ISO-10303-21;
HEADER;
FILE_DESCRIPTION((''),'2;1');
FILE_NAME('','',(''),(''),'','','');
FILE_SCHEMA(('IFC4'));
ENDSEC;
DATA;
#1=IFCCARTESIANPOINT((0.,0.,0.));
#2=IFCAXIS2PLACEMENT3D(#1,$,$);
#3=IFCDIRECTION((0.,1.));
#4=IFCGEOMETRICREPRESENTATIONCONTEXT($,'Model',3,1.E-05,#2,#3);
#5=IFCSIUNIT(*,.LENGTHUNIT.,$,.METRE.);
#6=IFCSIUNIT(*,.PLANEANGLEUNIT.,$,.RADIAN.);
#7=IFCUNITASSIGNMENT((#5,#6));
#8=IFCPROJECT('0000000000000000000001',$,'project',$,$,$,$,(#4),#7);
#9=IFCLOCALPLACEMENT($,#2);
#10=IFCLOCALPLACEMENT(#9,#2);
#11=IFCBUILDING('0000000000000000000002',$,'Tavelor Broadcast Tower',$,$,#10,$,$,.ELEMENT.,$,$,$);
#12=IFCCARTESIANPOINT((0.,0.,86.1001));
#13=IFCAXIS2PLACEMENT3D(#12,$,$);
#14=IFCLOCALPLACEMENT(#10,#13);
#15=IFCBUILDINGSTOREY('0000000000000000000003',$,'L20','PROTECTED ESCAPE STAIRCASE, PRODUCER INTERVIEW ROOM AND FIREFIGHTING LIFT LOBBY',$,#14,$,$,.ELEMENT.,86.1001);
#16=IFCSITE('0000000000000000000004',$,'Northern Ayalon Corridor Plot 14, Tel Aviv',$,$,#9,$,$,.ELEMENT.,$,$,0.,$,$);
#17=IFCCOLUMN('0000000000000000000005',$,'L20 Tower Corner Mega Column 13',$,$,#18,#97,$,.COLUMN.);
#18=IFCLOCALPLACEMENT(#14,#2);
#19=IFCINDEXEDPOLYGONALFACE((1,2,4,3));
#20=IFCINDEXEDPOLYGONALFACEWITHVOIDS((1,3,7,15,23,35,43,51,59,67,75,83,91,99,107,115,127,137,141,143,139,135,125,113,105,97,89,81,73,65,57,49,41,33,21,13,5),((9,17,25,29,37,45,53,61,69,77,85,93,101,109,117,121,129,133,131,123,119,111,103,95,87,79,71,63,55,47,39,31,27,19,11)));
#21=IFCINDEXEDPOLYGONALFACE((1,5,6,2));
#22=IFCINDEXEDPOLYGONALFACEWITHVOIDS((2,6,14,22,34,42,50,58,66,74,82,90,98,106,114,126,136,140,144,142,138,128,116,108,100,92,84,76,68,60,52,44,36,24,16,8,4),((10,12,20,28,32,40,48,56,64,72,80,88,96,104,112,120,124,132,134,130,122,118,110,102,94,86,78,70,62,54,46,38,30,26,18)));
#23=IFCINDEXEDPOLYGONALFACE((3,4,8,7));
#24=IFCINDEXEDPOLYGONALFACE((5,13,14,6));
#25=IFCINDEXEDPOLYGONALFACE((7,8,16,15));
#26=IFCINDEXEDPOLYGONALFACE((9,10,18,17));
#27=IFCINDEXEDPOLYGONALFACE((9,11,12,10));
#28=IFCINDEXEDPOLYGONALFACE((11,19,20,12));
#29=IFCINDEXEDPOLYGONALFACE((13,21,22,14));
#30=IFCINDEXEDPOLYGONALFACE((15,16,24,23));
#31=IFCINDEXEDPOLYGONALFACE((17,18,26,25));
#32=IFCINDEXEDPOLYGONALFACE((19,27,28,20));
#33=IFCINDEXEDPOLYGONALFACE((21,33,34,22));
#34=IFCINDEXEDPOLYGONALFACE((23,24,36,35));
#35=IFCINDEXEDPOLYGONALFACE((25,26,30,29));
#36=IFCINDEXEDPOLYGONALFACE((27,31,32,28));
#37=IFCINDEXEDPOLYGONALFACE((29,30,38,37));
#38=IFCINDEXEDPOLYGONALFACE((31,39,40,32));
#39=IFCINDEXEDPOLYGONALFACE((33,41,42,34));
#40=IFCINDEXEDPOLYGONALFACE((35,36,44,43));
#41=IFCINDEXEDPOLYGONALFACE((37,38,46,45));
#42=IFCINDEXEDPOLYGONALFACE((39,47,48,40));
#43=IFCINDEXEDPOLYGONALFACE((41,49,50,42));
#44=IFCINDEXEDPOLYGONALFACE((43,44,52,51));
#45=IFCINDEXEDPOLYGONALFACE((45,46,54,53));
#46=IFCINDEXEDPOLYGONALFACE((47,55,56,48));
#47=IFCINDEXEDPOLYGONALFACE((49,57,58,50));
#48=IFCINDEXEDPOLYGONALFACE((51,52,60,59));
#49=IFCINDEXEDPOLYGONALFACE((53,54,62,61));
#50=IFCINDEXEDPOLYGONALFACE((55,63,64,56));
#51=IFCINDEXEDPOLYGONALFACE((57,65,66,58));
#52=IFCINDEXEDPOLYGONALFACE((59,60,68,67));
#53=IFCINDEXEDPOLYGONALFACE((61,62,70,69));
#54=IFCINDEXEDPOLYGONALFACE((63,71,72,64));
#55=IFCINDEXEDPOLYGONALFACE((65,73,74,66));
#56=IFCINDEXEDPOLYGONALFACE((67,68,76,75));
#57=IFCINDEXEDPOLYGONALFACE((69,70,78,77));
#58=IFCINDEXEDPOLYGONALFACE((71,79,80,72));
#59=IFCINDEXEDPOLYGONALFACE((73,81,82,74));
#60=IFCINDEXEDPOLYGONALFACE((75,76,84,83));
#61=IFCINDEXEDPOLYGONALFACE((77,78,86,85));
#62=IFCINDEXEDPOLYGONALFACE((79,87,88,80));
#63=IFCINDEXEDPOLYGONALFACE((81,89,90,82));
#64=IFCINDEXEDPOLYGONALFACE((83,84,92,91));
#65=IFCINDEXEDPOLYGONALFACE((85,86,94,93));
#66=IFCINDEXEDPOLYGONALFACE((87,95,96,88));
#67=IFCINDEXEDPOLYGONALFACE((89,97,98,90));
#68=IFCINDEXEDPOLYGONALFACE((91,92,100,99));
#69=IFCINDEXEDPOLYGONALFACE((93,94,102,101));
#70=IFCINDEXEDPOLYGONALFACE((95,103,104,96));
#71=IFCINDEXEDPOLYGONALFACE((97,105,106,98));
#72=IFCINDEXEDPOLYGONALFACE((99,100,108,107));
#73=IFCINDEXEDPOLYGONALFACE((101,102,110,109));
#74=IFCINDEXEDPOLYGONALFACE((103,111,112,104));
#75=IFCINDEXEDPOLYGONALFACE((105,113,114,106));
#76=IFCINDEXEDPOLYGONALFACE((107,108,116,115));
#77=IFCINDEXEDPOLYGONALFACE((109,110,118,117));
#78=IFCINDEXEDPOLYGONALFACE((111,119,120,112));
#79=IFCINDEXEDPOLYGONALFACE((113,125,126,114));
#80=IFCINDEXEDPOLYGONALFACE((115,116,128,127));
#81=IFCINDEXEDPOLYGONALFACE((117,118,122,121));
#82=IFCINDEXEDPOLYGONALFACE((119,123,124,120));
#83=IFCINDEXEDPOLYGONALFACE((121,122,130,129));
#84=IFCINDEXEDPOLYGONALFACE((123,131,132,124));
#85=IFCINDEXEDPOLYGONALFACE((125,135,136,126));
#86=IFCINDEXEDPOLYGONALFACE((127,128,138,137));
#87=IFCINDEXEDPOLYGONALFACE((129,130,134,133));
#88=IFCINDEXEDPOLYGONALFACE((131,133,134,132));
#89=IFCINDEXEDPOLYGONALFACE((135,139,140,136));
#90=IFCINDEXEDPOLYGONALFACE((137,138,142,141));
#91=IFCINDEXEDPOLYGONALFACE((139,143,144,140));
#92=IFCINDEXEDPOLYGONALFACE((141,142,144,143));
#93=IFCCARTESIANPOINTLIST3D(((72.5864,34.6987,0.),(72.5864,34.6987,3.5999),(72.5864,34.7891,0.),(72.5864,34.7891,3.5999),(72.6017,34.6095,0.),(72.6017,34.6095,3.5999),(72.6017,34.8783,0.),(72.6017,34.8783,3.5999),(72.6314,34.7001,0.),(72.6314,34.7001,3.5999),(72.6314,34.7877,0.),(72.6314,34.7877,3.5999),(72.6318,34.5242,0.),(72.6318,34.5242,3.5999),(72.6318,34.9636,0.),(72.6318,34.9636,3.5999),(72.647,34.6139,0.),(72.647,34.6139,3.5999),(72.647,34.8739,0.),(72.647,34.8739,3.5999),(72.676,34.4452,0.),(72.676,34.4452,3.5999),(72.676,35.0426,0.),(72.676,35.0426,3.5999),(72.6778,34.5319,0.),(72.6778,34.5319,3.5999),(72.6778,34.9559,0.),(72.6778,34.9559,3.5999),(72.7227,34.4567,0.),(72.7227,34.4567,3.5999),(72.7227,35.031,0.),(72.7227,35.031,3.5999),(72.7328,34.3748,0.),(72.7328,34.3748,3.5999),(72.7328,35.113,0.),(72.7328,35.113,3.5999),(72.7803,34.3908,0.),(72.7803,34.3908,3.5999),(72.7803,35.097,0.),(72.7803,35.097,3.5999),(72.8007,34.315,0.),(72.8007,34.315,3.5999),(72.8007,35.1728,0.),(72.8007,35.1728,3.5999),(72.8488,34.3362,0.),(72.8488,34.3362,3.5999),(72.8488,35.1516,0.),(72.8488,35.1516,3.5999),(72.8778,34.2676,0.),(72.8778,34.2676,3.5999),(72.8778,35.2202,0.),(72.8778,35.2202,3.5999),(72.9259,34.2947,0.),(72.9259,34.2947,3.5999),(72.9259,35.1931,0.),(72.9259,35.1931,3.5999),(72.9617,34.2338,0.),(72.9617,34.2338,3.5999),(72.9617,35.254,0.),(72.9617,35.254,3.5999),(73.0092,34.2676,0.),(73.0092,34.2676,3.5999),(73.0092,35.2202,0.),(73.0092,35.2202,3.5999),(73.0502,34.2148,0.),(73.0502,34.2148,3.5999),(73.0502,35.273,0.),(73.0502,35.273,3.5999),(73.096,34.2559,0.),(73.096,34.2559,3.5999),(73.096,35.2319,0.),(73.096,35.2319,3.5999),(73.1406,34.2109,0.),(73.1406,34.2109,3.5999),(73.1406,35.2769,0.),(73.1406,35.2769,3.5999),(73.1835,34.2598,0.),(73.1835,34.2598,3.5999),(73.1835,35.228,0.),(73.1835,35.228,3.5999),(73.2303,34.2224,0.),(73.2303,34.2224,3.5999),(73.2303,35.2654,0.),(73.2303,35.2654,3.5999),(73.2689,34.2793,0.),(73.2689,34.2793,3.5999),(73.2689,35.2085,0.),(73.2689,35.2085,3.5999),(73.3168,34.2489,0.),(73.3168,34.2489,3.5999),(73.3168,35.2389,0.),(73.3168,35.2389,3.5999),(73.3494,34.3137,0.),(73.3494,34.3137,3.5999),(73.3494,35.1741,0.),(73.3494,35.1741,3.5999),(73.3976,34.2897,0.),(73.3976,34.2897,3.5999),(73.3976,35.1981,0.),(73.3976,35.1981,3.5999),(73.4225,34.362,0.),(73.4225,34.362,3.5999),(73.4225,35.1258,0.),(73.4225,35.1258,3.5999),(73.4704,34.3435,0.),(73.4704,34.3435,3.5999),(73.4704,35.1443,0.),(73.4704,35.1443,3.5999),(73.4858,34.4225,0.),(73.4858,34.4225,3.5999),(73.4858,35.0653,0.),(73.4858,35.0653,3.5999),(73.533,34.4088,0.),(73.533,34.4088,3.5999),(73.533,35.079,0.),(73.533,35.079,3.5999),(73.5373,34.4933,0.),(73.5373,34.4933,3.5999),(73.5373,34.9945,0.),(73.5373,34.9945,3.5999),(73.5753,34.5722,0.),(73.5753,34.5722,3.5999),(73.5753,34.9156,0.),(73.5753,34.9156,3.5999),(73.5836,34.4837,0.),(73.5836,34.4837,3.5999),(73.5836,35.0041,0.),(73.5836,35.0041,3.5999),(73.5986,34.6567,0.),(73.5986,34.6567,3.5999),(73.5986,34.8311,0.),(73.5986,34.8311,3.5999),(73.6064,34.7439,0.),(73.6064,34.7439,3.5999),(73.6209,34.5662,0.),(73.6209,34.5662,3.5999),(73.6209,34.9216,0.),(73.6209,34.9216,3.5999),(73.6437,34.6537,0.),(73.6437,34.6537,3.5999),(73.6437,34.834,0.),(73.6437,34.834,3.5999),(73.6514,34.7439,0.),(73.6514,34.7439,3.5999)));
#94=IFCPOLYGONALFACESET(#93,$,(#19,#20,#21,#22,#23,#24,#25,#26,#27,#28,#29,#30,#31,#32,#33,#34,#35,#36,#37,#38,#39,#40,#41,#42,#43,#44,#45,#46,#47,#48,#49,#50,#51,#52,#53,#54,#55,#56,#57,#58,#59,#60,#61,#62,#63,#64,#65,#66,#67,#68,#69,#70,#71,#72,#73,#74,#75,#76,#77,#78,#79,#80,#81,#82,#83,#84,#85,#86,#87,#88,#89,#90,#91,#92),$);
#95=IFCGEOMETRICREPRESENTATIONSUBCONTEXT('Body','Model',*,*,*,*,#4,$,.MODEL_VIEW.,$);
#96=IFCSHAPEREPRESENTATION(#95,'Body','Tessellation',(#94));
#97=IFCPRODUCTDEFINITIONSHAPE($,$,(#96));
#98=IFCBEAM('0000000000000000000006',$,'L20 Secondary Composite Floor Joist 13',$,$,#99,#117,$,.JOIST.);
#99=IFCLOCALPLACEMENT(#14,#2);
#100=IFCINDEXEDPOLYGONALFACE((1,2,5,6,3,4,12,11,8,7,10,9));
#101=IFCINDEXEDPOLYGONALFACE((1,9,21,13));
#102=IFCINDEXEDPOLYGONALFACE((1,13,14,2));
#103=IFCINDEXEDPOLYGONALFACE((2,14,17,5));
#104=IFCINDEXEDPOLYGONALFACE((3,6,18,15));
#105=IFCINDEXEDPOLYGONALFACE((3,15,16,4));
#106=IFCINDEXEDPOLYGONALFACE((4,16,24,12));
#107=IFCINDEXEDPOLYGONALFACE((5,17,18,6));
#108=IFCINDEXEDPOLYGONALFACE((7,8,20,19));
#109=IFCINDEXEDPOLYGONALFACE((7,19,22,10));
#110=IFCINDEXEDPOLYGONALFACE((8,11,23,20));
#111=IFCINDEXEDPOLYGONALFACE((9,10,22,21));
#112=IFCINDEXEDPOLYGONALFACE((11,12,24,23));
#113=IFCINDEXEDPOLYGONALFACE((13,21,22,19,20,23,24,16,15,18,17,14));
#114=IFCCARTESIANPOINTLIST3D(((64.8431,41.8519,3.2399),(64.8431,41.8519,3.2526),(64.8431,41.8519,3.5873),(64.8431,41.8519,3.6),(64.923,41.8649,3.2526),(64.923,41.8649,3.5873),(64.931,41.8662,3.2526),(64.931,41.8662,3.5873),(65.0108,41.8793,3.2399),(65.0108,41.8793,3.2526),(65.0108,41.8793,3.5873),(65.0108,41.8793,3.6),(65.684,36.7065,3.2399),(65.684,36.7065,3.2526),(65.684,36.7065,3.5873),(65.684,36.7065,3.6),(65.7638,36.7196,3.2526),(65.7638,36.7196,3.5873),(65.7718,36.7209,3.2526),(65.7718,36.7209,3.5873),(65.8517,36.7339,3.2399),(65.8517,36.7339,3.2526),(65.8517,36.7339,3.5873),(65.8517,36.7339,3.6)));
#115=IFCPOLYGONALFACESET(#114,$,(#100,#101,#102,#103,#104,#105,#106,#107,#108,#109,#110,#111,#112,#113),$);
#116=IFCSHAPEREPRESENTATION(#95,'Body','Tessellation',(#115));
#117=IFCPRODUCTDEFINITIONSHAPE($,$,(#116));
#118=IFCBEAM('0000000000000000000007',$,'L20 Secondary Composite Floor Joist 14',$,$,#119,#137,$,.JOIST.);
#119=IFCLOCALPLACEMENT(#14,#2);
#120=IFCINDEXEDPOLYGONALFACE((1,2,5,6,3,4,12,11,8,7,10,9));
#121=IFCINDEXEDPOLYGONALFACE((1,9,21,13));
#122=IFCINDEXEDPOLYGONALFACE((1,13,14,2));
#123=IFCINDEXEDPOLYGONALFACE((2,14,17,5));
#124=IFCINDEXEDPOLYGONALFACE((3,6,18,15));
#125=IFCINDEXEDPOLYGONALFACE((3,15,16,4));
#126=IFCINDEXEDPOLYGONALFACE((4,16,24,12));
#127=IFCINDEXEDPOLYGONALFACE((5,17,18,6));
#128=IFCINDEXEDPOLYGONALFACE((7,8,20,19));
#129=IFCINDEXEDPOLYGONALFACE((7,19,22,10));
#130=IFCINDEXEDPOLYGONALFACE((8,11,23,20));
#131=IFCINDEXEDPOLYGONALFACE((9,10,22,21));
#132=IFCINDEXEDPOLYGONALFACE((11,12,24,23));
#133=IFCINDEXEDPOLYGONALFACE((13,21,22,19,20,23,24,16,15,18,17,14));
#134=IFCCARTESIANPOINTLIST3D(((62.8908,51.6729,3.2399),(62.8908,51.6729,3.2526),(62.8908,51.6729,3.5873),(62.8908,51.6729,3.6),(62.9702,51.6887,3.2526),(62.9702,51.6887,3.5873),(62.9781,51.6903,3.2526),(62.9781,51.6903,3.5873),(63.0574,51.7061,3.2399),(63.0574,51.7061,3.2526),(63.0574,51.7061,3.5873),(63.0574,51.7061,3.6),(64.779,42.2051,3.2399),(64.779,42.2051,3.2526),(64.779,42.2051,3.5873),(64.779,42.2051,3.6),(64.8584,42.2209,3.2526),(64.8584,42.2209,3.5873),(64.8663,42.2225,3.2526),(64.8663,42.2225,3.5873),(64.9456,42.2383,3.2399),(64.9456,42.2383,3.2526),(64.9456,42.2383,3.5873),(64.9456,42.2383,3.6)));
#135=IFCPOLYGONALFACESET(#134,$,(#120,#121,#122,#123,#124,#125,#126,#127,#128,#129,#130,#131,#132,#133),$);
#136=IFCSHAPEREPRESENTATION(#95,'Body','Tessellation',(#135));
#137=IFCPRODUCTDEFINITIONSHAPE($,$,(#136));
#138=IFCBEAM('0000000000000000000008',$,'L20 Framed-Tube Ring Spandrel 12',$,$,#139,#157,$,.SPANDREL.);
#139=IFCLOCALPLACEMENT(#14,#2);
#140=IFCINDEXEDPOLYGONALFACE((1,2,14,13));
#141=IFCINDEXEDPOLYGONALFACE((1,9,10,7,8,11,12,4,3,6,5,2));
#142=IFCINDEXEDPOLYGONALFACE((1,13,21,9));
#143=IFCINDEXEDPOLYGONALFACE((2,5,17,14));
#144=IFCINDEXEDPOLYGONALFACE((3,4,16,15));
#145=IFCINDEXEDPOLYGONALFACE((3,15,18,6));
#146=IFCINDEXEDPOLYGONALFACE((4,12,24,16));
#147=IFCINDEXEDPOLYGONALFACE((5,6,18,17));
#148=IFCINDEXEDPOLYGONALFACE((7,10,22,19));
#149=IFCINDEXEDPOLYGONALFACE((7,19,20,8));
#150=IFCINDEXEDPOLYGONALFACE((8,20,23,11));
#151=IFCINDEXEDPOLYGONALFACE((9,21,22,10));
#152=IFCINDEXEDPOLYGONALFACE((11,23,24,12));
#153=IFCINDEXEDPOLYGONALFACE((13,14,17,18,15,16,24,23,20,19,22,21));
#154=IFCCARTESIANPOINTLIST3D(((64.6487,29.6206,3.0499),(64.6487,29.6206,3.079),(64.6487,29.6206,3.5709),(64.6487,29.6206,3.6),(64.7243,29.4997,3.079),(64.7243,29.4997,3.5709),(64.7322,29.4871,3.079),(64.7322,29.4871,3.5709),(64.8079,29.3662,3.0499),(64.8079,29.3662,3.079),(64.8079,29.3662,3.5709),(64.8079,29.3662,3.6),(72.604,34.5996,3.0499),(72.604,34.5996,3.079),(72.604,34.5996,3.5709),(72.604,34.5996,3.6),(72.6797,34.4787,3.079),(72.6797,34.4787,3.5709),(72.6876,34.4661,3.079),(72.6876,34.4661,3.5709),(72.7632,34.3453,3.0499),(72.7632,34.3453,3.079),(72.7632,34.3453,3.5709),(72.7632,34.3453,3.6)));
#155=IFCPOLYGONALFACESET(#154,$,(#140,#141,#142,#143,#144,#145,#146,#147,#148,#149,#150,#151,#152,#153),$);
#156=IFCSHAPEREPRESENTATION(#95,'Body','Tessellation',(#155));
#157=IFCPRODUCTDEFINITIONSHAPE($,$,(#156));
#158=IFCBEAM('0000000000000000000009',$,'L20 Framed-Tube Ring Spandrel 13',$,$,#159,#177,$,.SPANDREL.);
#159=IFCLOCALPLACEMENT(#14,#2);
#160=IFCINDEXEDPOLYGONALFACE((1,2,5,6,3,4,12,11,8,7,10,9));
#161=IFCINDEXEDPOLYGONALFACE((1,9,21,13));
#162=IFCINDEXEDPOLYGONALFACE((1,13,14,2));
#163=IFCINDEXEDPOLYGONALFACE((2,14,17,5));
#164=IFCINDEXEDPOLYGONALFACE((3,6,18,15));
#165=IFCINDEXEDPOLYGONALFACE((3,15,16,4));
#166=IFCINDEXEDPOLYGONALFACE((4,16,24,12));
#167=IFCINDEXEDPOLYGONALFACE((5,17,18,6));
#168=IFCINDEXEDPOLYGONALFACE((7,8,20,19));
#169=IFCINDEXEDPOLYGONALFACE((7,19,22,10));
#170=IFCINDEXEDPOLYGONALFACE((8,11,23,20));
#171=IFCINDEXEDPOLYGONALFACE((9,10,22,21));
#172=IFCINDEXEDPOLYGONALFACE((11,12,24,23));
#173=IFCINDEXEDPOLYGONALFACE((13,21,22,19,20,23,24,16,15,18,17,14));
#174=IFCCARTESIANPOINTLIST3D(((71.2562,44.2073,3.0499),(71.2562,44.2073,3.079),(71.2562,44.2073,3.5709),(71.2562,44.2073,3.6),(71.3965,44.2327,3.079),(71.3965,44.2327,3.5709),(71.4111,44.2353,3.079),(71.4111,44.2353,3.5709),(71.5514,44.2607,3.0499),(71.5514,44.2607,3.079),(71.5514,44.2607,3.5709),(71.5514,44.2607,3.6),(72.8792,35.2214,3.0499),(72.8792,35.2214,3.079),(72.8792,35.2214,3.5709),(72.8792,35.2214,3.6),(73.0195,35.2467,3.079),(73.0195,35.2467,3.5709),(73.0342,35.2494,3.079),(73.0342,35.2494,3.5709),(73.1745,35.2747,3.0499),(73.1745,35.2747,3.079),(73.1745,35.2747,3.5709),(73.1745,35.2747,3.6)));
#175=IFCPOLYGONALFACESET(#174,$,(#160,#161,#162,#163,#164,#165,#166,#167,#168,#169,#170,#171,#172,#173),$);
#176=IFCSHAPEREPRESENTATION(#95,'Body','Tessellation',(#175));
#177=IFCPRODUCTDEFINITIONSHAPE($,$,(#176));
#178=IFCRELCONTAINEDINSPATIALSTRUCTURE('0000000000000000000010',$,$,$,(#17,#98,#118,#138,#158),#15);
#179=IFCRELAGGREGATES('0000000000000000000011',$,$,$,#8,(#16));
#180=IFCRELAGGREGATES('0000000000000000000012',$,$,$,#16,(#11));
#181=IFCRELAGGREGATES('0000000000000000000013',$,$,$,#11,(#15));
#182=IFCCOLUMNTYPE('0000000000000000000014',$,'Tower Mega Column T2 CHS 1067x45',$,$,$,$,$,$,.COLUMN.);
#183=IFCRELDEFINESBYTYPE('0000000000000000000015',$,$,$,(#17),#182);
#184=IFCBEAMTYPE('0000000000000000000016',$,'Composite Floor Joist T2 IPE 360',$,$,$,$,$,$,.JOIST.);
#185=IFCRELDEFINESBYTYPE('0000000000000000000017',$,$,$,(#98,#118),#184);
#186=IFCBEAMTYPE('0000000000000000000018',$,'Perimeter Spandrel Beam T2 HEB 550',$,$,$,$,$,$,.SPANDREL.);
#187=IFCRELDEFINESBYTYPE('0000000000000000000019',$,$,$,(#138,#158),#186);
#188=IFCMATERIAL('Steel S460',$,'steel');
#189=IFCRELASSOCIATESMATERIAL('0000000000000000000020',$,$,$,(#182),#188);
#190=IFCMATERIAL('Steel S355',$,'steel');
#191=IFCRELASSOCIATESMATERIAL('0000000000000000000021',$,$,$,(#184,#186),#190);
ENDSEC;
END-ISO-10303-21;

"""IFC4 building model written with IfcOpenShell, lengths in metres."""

from ifc_helpers import new_model, si_unit, direction, frame, origin, origin_2d, place, context, subcontext, project, spatial, hollow_circle, i_section, extrude, material, material_profile, profile_set, type_object, element, save


model = new_model("IFC4")

# Units and contexts
model_context = context("Model", 3, precision=1e-05, world=origin(), true_north=direction((0.0, 1.0)))
body_context = subcontext(model_context, "Body", "Model", "MODEL_VIEW")
ifc_project = project(units=[si_unit("LENGTHUNIT", "METRE"), si_unit("PLANEANGLEUNIT", "RADIAN")], contexts=[model_context])

# Site, building, storey
site_placement = place(None, origin())
site = spatial("IfcSite", under=ifc_project, at=site_placement, Name="Northern Ayalon Corridor Plot 14, Tel Aviv", CompositionType="ELEMENT", RefElevation=0.0)
building_placement = place(site_placement, origin())
building = spatial("IfcBuilding", under=site, at=building_placement, Name="Tavelor Broadcast Tower", CompositionType="ELEMENT")
storey_placement = place(building_placement, frame((0.0, 0.0, 86.1001)))
storey = spatial("IfcBuildingStorey", under=building, at=storey_placement, Name="L20", Description="PROTECTED ESCAPE STAIRCASE, PRODUCER INTERVIEW ROOM AND FIREFIGHTING LIFT LOBBY", CompositionType="ELEMENT", Elevation=86.1001)

# Column
ifc_material_1 = material(Name="Steel S460", Category="steel")
ifc_material_profile_1 = material_profile(ifc_material_1, hollow_circle(Radius=0.5334, WallThickness=0.0449, at=origin_2d()), Name="CHS 1067x45")
ifc_profile_set_1 = profile_set([ifc_material_profile_1], Name="Steel S460")
column_type = type_object("IfcColumnType", Name="Tower Mega Column T2 CHS 1067x45", PredefinedType="COLUMN", material=ifc_profile_set_1)
column_placement = place(storey_placement, frame((73.1179, 34.7439, 0.0), z_axis=(0.0, 0.0, 1.0), x_axis=(1.0, 0.0, 0.0)))
element("IfcColumn", 1, at=column_placement, inside=storey, type_object=column_type, Name="L20 Tower Corner Mega Column 13", PredefinedType="COLUMN", context=body_context, shape_type="SweptSolid", body=[
    extrude(hollow_circle(Radius=0.5334, WallThickness=0.0449, at=origin_2d()), origin(), (0.0, 0.0, 1.0), 3.5999),
])

# Beams
ifc_material_2 = material(Name="Steel S355", Category="steel")
ifc_material_profile_2 = material_profile(ifc_material_2, i_section(OverallWidth=0.1699, OverallDepth=0.3601, WebThickness=0.0081, FlangeThickness=0.0127, at=origin_2d()), Name="IPE 360")
ifc_profile_set_2 = profile_set([ifc_material_profile_2], Name="Steel S355")
beam_type_1 = type_object("IfcBeamType", Name="Composite Floor Joist T2 IPE 360", PredefinedType="JOIST", material=ifc_profile_set_2)
beam_1_placement = place(storey_placement, frame((65.7678, 36.7202, 3.4199), z_axis=(-0.161277, 0.986909, 0.0), x_axis=(-0.986909, -0.161277, 0.0)))
element("IfcBeam", 2, at=beam_1_placement, inside=storey, type_object=beam_type_1, Name="L20 Secondary Composite Floor Joist 13", PredefinedType="JOIST", context=body_context, shape_type="SweptSolid", body=[
    extrude(i_section(OverallWidth=0.1699, OverallDepth=0.3601, WebThickness=0.0081, FlangeThickness=0.0127, at=origin_2d()), origin(), (0.0, 0.0, 1.0), 5.2136),
])
beam_2_placement = place(storey_placement, frame((64.8623, 42.2217, 3.4199), z_axis=(-0.195581, 0.980688, 0.0), x_axis=(-0.980688, -0.195581, 0.0)))
element("IfcBeam", 3, at=beam_2_placement, inside=storey, type_object=beam_type_1, Name="L20 Secondary Composite Floor Joist 14", PredefinedType="JOIST", context=body_context, shape_type="SweptSolid", body=[
    extrude(i_section(OverallWidth=0.1699, OverallDepth=0.3601, WebThickness=0.0081, FlangeThickness=0.0127, at=origin_2d()), origin(), (0.0, 0.0, 1.0), 9.6543),
])
ifc_material_profile_3 = material_profile(ifc_material_2, i_section(OverallWidth=0.3, OverallDepth=0.55, WebThickness=0.0149, FlangeThickness=0.0291, at=origin_2d()), Name="HEB 550")
ifc_profile_set_3 = profile_set([ifc_material_profile_3], Name="Steel S355")
beam_type_2 = type_object("IfcBeamType", Name="Perimeter Spandrel Beam T2 HEB 550", PredefinedType="SPANDREL", material=ifc_profile_set_3)
beam_3_placement = place(storey_placement, frame((64.7283, 29.4934, 3.325), z_axis=(0.847666, 0.53053, 0.0), x_axis=(-0.53053, 0.847666, 0.0)))
element("IfcBeam", 4, at=beam_3_placement, inside=storey, type_object=beam_type_2, Name="L20 Framed-Tube Ring Spandrel 12", PredefinedType="SPANDREL", context=body_context, shape_type="SweptSolid", body=[
    extrude(i_section(OverallWidth=0.3, OverallDepth=0.55, WebThickness=0.0149, FlangeThickness=0.0291, at=origin_2d()), origin(), (0.0, 0.0, 1.0), 9.385),
])
beam_4_placement = place(storey_placement, frame((73.0269, 35.248, 3.325), z_axis=(-0.177747, 0.984076, 0.0), x_axis=(-0.984076, -0.177747, 0.0)))
element("IfcBeam", 5, at=beam_4_placement, inside=storey, type_object=beam_type_2, Name="L20 Framed-Tube Ring Spandrel 13", PredefinedType="SPANDREL", context=body_context, shape_type="SweptSolid", body=[
    extrude(i_section(OverallWidth=0.3, OverallDepth=0.55, WebThickness=0.0149, FlangeThickness=0.0291, at=origin_2d()), origin(), (0.0, 0.0, 1.0), 9.1313),
])

save(model, "model.ifc")
